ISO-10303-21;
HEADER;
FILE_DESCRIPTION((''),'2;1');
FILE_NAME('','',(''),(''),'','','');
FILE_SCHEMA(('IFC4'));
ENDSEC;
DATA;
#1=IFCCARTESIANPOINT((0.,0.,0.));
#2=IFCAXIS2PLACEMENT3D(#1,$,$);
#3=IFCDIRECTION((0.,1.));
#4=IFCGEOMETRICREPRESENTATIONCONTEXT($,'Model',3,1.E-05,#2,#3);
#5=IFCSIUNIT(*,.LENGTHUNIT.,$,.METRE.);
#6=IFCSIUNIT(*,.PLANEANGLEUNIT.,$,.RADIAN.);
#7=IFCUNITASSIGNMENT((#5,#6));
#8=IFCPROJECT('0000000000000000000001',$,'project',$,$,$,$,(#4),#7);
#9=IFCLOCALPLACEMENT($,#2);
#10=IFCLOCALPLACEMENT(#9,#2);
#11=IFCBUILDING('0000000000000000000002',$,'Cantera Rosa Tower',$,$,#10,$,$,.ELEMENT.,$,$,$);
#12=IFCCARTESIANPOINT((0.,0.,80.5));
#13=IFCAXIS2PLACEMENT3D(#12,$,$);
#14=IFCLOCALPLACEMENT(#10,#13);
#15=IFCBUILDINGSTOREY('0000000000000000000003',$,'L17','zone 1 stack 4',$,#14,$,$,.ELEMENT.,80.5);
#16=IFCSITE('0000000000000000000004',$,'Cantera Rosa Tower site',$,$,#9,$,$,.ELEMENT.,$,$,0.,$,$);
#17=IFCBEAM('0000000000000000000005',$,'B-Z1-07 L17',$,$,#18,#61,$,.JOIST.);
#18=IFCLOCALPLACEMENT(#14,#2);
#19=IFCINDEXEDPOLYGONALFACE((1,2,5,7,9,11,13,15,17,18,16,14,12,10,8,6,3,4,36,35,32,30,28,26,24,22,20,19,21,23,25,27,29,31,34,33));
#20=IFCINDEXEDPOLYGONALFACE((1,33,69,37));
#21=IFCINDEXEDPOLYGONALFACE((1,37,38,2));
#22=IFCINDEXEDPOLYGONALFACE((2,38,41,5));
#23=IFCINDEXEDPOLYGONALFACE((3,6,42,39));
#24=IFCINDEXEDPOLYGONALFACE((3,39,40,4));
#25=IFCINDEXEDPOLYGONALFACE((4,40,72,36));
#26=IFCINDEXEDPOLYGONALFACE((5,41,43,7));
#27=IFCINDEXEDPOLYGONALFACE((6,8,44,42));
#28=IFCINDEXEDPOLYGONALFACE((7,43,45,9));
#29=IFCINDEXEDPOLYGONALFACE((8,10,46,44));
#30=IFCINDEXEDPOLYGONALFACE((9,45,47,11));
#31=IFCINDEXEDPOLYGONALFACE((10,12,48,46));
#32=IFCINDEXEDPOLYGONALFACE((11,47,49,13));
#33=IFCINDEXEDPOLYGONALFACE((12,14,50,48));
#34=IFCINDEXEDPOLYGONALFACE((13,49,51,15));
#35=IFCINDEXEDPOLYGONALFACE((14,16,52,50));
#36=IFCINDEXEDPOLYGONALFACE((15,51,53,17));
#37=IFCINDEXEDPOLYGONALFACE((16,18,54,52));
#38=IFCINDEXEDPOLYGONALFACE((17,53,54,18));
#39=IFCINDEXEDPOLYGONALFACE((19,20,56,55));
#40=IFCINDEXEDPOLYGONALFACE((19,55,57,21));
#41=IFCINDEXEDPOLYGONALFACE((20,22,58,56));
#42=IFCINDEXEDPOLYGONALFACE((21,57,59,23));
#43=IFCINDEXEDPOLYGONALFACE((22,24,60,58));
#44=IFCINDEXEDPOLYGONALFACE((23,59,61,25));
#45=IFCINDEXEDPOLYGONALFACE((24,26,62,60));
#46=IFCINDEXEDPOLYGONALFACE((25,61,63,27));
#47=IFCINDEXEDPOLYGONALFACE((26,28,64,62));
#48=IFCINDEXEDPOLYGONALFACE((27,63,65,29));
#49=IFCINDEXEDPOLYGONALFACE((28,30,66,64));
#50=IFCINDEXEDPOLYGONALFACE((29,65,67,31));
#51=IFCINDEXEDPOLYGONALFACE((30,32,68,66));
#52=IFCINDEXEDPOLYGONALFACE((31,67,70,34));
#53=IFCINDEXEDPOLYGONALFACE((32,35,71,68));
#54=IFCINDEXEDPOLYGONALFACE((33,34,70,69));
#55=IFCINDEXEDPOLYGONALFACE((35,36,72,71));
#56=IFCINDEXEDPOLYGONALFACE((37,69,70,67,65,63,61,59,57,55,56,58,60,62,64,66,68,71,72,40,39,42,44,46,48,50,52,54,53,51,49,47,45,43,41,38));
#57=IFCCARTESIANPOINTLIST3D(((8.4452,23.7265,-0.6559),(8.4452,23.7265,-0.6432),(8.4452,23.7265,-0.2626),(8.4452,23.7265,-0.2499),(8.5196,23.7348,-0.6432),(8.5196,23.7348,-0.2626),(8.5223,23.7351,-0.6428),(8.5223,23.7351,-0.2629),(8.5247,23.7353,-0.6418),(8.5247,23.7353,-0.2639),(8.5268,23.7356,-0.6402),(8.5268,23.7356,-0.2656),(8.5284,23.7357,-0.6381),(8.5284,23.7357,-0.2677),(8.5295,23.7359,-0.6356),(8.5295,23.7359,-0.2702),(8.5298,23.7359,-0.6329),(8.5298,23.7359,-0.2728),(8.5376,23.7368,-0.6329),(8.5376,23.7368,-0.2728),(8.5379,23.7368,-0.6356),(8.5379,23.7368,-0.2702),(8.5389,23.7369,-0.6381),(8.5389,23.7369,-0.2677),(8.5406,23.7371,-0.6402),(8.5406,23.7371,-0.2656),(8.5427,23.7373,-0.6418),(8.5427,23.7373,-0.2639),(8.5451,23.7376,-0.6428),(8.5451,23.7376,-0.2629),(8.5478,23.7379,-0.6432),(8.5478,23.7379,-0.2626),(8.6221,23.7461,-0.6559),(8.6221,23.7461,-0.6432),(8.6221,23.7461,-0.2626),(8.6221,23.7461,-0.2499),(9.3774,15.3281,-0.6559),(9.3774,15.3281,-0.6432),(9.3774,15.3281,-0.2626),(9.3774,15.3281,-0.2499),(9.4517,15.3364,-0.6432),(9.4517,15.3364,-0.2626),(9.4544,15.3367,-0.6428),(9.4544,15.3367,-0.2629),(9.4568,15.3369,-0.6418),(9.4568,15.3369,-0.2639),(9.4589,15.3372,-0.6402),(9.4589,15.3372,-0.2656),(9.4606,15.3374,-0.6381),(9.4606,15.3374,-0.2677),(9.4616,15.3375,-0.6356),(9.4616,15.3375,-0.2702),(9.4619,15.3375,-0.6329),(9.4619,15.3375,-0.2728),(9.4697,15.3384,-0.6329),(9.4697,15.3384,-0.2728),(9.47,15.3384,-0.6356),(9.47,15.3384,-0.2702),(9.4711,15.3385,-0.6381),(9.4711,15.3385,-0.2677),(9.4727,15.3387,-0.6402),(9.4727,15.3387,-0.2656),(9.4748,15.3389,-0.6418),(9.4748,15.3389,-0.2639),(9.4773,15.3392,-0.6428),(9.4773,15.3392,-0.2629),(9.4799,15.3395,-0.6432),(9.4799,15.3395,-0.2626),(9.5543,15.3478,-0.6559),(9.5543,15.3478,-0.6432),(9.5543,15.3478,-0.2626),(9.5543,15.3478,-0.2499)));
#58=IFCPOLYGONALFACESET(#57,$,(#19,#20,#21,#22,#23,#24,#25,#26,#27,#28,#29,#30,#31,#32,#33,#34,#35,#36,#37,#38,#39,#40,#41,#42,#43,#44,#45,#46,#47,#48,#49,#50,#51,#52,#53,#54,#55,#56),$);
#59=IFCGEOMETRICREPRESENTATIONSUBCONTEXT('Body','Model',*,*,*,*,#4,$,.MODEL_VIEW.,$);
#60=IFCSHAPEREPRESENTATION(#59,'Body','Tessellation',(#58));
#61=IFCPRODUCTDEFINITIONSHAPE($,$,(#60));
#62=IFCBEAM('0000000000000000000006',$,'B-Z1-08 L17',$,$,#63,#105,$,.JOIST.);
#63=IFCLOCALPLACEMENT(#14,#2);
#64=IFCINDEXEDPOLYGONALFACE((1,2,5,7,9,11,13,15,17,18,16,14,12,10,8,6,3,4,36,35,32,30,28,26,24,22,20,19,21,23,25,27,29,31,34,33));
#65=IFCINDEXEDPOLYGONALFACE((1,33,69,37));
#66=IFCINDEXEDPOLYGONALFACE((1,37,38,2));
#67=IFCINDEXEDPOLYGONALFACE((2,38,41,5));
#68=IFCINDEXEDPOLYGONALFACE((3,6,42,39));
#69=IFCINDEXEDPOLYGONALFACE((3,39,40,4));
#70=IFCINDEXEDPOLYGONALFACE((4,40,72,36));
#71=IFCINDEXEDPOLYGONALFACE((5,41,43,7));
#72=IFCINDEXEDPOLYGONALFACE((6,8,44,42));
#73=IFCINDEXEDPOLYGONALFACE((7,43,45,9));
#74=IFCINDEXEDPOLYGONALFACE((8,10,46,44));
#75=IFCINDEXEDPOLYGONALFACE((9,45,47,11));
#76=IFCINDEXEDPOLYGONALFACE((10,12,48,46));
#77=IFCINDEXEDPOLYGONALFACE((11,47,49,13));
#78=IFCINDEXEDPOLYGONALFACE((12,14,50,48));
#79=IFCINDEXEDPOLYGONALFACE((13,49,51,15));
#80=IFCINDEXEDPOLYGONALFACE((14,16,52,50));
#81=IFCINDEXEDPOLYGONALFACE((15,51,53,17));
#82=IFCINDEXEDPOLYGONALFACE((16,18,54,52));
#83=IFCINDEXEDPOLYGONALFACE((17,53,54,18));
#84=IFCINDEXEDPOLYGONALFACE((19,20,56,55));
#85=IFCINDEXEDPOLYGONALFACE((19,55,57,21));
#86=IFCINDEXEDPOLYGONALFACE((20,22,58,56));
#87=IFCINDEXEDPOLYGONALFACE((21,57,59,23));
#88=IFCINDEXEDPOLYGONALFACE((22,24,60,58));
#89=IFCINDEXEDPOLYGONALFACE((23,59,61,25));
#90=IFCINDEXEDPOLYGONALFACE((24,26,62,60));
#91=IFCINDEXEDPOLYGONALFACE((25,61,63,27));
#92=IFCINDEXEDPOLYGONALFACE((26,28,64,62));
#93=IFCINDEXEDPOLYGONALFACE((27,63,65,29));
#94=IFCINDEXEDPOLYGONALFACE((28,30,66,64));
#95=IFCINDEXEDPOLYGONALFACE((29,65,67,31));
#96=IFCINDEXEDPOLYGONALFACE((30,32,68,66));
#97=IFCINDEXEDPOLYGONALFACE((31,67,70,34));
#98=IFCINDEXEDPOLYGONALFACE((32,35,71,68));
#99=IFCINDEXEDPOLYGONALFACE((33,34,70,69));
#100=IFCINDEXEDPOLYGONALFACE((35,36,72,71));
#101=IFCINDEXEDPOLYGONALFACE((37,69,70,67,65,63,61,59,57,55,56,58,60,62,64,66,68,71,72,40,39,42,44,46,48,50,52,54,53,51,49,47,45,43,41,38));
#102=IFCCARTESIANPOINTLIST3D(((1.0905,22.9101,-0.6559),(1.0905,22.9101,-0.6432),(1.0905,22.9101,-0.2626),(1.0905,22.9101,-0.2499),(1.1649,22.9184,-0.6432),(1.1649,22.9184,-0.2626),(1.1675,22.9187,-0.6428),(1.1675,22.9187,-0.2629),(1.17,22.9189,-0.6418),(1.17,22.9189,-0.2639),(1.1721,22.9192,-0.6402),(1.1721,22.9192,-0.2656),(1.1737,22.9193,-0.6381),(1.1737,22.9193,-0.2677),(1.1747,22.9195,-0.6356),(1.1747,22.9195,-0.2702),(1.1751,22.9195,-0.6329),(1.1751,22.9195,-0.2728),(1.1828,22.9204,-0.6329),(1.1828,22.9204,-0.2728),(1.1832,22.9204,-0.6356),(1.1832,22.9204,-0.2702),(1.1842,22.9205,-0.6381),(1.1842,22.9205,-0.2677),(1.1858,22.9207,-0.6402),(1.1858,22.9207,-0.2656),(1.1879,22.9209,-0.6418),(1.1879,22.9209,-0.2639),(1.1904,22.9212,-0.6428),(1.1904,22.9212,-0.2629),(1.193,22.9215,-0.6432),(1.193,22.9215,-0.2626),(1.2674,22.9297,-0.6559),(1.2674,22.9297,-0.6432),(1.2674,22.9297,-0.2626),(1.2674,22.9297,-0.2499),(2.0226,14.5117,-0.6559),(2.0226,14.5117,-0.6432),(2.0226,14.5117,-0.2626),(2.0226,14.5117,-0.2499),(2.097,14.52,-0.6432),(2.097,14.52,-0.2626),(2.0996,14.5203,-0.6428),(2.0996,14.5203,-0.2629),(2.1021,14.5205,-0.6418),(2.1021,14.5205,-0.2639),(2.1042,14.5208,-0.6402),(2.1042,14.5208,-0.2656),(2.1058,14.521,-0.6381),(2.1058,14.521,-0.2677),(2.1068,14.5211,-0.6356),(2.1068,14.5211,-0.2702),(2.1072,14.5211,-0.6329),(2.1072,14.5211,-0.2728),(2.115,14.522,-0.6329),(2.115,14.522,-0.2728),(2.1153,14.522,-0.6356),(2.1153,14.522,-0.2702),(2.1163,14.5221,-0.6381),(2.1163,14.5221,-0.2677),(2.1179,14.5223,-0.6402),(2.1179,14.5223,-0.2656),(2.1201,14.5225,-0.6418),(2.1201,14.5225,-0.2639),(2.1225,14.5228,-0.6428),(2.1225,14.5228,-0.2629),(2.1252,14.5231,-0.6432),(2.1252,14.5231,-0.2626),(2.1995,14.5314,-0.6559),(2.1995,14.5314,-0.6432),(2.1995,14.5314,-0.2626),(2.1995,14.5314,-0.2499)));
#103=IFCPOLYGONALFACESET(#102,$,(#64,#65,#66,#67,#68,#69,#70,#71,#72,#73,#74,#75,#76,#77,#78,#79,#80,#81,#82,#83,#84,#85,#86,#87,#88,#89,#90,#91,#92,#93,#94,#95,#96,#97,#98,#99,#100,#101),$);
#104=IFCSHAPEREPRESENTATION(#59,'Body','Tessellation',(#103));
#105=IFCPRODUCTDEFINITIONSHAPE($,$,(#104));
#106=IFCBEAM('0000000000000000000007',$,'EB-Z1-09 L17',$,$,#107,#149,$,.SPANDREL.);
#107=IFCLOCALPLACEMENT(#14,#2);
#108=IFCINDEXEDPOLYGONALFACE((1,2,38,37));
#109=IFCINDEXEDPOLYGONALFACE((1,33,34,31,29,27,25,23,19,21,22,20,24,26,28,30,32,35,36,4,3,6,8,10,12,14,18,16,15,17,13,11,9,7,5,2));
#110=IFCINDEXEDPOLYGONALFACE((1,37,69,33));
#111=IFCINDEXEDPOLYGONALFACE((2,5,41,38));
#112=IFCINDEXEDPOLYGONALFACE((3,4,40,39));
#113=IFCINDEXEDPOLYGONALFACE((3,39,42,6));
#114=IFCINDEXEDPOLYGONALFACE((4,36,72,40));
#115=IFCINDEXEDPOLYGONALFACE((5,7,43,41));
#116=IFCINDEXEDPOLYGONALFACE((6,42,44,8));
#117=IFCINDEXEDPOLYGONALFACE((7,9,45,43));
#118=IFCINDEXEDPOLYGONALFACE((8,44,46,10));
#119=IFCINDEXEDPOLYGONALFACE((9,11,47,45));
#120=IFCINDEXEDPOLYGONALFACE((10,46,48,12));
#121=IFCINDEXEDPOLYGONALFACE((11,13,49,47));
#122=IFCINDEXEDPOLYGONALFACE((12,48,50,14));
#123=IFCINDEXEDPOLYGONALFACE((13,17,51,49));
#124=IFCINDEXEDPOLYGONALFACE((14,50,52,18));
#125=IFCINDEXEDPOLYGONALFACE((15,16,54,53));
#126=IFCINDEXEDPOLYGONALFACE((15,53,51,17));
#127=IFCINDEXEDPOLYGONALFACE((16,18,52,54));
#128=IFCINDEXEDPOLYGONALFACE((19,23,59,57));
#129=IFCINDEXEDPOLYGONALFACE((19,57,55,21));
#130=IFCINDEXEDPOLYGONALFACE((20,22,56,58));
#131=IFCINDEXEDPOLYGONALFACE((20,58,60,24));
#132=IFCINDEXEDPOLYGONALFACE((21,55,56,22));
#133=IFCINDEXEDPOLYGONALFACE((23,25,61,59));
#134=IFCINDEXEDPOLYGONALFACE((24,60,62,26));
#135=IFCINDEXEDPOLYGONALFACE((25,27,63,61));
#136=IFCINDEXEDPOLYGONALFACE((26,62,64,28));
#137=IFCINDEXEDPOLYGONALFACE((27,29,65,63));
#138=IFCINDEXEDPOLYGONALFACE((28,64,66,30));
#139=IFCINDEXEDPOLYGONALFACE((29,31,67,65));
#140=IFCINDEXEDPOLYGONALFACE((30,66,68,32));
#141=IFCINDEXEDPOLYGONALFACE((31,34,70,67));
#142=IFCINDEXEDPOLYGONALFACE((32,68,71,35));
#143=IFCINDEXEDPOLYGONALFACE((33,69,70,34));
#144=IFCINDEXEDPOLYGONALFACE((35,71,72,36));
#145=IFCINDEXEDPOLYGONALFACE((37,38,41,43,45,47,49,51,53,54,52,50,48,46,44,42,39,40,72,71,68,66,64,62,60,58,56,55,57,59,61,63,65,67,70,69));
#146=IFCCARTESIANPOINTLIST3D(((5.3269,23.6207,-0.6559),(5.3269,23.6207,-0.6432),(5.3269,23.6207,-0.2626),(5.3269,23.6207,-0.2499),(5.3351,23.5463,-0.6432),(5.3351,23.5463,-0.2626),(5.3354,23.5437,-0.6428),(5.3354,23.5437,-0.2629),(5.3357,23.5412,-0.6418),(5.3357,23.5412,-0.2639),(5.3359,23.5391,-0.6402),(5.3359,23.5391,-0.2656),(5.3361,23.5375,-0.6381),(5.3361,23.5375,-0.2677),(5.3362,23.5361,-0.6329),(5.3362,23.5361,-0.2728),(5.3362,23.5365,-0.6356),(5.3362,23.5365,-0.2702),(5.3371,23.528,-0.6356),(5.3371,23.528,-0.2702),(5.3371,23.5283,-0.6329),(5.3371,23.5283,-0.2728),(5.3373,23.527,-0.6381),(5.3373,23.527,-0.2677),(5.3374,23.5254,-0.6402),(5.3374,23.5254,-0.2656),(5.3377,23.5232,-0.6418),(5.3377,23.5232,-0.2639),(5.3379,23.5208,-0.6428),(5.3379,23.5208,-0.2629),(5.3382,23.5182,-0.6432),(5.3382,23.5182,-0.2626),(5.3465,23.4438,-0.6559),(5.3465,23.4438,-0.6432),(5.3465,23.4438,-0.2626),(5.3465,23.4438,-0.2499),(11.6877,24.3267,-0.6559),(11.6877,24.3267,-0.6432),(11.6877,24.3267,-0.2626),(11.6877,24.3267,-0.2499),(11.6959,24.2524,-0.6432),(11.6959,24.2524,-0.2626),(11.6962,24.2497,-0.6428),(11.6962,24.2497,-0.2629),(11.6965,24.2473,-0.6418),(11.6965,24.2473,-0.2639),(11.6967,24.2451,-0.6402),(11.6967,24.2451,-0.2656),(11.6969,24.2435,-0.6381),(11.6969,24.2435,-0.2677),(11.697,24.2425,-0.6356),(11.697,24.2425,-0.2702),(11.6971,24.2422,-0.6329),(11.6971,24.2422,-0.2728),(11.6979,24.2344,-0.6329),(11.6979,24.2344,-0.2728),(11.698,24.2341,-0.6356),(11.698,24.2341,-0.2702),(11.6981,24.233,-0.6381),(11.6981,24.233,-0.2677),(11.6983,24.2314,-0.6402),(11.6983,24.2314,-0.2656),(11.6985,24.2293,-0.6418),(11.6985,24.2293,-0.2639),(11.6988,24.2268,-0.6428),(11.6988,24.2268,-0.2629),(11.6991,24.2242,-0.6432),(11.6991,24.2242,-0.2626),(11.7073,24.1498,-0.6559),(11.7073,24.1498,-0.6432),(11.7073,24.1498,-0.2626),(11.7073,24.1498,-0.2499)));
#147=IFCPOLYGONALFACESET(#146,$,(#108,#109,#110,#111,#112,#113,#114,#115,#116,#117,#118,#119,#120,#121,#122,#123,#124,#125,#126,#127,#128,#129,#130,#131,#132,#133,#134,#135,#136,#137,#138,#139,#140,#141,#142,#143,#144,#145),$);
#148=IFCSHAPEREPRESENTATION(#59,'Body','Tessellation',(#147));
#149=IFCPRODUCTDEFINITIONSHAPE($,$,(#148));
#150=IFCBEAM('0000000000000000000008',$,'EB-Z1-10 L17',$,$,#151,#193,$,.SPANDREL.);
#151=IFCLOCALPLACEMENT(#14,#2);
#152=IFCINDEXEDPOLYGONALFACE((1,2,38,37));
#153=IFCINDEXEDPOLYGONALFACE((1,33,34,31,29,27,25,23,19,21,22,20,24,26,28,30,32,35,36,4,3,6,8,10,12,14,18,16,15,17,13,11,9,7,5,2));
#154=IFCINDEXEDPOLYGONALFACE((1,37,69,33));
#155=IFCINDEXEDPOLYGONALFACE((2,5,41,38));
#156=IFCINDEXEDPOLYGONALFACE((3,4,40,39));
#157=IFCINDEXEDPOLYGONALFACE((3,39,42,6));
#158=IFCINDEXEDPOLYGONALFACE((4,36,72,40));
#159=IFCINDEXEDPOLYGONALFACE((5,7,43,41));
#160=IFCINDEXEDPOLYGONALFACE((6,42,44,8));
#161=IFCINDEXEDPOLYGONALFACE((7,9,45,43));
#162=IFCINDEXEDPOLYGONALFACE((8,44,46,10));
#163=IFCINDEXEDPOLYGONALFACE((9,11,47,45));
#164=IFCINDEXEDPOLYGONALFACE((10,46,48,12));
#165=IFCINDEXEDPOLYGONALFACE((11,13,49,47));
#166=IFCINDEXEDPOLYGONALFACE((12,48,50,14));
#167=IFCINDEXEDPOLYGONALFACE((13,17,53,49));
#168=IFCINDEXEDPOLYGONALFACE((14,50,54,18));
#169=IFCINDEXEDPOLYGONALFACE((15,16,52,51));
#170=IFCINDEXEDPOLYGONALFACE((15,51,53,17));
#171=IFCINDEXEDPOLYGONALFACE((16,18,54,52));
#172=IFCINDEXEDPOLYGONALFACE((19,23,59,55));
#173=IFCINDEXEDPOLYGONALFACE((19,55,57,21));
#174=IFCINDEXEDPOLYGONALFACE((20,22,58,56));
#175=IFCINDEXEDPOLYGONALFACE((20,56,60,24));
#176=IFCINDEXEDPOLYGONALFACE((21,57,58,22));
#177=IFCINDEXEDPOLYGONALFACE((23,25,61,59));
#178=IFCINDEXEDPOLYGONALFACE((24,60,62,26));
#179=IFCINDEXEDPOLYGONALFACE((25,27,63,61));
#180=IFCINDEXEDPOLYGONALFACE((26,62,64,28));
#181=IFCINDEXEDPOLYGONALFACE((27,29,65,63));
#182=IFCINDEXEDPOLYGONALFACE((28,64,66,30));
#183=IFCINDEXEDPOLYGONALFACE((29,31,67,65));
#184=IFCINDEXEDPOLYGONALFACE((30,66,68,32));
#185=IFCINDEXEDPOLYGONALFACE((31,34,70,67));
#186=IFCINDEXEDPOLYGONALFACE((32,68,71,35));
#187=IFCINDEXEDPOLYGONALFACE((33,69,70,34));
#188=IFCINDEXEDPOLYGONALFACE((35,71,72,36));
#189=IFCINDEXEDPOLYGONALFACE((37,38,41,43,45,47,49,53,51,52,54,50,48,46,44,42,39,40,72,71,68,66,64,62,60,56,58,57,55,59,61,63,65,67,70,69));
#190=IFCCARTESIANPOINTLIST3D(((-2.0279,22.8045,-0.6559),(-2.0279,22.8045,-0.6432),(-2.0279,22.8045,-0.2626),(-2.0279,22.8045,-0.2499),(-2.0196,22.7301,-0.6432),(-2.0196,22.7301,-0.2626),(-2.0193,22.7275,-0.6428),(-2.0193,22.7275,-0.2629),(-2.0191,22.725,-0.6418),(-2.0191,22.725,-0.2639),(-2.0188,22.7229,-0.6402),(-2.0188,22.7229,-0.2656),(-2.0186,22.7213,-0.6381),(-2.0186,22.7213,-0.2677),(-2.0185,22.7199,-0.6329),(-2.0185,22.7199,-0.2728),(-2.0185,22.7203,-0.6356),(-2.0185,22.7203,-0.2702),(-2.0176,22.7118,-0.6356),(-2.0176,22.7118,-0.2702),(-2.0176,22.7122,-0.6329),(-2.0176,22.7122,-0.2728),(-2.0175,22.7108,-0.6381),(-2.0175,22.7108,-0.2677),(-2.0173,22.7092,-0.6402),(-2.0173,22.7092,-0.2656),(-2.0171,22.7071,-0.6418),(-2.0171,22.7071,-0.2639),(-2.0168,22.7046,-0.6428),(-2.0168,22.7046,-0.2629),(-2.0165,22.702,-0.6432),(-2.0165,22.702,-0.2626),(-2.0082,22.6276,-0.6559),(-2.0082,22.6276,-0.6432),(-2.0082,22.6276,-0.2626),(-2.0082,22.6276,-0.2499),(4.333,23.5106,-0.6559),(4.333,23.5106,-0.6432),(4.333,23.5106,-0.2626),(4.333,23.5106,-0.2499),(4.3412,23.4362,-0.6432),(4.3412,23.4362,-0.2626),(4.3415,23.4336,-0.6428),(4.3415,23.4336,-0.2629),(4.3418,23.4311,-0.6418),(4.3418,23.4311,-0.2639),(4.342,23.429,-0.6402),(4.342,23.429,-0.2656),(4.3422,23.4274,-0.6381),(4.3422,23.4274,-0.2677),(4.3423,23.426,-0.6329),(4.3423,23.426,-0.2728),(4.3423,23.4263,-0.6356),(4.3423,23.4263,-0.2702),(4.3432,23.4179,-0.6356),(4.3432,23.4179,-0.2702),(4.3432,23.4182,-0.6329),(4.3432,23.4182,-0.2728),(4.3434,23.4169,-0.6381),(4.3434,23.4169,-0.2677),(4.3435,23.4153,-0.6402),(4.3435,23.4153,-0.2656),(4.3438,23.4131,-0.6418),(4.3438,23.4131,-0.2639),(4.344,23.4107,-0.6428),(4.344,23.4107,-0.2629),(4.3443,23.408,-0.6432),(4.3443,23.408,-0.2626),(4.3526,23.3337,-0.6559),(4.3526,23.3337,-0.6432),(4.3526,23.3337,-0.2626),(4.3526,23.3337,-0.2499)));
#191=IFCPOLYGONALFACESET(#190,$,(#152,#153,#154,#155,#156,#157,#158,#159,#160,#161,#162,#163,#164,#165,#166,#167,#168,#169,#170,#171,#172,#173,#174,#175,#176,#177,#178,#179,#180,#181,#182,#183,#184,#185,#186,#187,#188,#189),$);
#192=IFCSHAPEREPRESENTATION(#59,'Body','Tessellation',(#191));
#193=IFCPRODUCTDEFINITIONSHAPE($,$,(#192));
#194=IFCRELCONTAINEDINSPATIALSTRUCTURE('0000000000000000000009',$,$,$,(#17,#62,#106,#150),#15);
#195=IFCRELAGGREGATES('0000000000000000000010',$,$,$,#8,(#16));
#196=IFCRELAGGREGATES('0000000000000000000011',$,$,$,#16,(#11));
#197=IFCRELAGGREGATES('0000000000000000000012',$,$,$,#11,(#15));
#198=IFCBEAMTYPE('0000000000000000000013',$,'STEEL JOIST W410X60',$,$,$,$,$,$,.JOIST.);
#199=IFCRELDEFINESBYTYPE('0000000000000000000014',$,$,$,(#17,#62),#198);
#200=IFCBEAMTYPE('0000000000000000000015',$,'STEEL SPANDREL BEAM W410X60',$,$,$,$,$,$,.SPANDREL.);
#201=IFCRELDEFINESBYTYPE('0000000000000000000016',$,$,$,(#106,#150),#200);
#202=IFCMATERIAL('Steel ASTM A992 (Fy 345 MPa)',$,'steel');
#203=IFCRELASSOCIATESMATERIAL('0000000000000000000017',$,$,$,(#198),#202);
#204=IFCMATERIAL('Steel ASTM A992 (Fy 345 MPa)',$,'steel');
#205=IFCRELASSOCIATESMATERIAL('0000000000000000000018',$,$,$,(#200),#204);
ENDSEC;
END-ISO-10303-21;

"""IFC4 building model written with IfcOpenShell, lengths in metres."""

from ifc_helpers import new_model, si_unit, direction, frame, origin, origin_2d, place, context, subcontext, project, spatial, i_section, extrude, material, material_profile, profile_set, type_object, element, save


model = new_model("IFC4")

# Units and contexts
model_context = context("Model", 3, precision=1e-05, world=origin(), true_north=direction((0.0, 1.0)))
body_context = subcontext(model_context, "Body", "Model", "MODEL_VIEW")
ifc_project = project(units=[si_unit("LENGTHUNIT", "METRE"), si_unit("PLANEANGLEUNIT", "RADIAN")], contexts=[model_context])

# Site, building, storey
site_placement = place(None, origin())
site = spatial("IfcSite", under=ifc_project, at=site_placement, Name="Cantera Rosa Tower site", CompositionType="ELEMENT", RefElevation=0.0)
building_placement = place(site_placement, origin())
building = spatial("IfcBuilding", under=site, at=building_placement, Name="Cantera Rosa Tower", CompositionType="ELEMENT")
storey_placement = place(building_placement, frame((0.0, 0.0, 80.5)))
storey = spatial("IfcBuildingStorey", under=building, at=storey_placement, Name="L17", Description="zone 1 stack 4", CompositionType="ELEMENT", Elevation=80.5)

# Beams
ifc_material_1 = material(Name="Steel ASTM A992 (Fy 345 MPa)", Category="steel")
ifc_material_profile_1 = material_profile(ifc_material_1, i_section(OverallWidth=0.178, OverallDepth=0.406, WebThickness=0.0078, FlangeThickness=0.0127, FilletRadius=0.0103, at=origin_2d()), Name="W410X60")
ifc_profile_set_1 = profile_set([ifc_material_profile_1], Name="Steel ASTM A992 (Fy 345 MPa)")
beam_type_1 = type_object("IfcBeamType", Name="STEEL JOIST W410X60", PredefinedType="JOIST", material=ifc_profile_set_1)
for number, where, z_axis, x_axis, name in (
    (1, (8.5337, 23.7363, -0.4529), (0.110311, -0.993897, 0.0), (0.993897, 0.110311, 0.0), "B-Z1-07 L17"),
    (2, (1.179, 22.9199, -0.4529), (0.110311, -0.993897, 0.0), (0.993897, 0.110311, 0.0), "B-Z1-08 L17"),
):
    element("IfcBeam", number, at=place(storey_placement, frame(where, z_axis=z_axis, x_axis=x_axis)), inside=storey, type_object=beam_type_1, Name=name, PredefinedType="JOIST", context=body_context, shape_type="SweptSolid", body=[
        extrude(i_section(OverallWidth=0.178, OverallDepth=0.406, WebThickness=0.0078, FlangeThickness=0.0127, FilletRadius=0.0103, at=origin_2d()), origin(), (0.0, 0.0, 1.0), 8.45),
    ])
ifc_material_2 = material(Name="Steel ASTM A992 (Fy 345 MPa)", Category="steel")
ifc_material_profile_2 = material_profile(ifc_material_2, i_section(OverallWidth=0.178, OverallDepth=0.406, WebThickness=0.0078, FlangeThickness=0.0127, FilletRadius=0.0103, at=origin_2d()), Name="W410X60")
ifc_profile_set_2 = profile_set([ifc_material_profile_2], Name="Steel ASTM A992 (Fy 345 MPa)")
beam_type_2 = type_object("IfcBeamType", Name="STEEL SPANDREL BEAM W410X60", PredefinedType="SPANDREL", material=ifc_profile_set_2)
for number, where, z_axis, x_axis, name in (
    (3, (11.6975, 24.2383, -0.4529), (-0.993896, -0.110323, 0.0), (0.110323, -0.993896, 0.0), "EB-Z1-09 L17"),
    (4, (4.3428, 23.4221, -0.4529), (-0.993896, -0.110323, 0.0), (0.110323, -0.993896, 0.0), "EB-Z1-10 L17"),
):
    element("IfcBeam", number, at=place(storey_placement, frame(where, z_axis=z_axis, x_axis=x_axis)), inside=storey, type_object=beam_type_2, Name=name, PredefinedType="SPANDREL", context=body_context, shape_type="SweptSolid", body=[
        extrude(i_section(OverallWidth=0.178, OverallDepth=0.406, WebThickness=0.0078, FlangeThickness=0.0127, FilletRadius=0.0103, at=origin_2d()), origin(), (0.0, 0.0, 1.0), 6.3999),
    ])

save(model, "model.ifc")
